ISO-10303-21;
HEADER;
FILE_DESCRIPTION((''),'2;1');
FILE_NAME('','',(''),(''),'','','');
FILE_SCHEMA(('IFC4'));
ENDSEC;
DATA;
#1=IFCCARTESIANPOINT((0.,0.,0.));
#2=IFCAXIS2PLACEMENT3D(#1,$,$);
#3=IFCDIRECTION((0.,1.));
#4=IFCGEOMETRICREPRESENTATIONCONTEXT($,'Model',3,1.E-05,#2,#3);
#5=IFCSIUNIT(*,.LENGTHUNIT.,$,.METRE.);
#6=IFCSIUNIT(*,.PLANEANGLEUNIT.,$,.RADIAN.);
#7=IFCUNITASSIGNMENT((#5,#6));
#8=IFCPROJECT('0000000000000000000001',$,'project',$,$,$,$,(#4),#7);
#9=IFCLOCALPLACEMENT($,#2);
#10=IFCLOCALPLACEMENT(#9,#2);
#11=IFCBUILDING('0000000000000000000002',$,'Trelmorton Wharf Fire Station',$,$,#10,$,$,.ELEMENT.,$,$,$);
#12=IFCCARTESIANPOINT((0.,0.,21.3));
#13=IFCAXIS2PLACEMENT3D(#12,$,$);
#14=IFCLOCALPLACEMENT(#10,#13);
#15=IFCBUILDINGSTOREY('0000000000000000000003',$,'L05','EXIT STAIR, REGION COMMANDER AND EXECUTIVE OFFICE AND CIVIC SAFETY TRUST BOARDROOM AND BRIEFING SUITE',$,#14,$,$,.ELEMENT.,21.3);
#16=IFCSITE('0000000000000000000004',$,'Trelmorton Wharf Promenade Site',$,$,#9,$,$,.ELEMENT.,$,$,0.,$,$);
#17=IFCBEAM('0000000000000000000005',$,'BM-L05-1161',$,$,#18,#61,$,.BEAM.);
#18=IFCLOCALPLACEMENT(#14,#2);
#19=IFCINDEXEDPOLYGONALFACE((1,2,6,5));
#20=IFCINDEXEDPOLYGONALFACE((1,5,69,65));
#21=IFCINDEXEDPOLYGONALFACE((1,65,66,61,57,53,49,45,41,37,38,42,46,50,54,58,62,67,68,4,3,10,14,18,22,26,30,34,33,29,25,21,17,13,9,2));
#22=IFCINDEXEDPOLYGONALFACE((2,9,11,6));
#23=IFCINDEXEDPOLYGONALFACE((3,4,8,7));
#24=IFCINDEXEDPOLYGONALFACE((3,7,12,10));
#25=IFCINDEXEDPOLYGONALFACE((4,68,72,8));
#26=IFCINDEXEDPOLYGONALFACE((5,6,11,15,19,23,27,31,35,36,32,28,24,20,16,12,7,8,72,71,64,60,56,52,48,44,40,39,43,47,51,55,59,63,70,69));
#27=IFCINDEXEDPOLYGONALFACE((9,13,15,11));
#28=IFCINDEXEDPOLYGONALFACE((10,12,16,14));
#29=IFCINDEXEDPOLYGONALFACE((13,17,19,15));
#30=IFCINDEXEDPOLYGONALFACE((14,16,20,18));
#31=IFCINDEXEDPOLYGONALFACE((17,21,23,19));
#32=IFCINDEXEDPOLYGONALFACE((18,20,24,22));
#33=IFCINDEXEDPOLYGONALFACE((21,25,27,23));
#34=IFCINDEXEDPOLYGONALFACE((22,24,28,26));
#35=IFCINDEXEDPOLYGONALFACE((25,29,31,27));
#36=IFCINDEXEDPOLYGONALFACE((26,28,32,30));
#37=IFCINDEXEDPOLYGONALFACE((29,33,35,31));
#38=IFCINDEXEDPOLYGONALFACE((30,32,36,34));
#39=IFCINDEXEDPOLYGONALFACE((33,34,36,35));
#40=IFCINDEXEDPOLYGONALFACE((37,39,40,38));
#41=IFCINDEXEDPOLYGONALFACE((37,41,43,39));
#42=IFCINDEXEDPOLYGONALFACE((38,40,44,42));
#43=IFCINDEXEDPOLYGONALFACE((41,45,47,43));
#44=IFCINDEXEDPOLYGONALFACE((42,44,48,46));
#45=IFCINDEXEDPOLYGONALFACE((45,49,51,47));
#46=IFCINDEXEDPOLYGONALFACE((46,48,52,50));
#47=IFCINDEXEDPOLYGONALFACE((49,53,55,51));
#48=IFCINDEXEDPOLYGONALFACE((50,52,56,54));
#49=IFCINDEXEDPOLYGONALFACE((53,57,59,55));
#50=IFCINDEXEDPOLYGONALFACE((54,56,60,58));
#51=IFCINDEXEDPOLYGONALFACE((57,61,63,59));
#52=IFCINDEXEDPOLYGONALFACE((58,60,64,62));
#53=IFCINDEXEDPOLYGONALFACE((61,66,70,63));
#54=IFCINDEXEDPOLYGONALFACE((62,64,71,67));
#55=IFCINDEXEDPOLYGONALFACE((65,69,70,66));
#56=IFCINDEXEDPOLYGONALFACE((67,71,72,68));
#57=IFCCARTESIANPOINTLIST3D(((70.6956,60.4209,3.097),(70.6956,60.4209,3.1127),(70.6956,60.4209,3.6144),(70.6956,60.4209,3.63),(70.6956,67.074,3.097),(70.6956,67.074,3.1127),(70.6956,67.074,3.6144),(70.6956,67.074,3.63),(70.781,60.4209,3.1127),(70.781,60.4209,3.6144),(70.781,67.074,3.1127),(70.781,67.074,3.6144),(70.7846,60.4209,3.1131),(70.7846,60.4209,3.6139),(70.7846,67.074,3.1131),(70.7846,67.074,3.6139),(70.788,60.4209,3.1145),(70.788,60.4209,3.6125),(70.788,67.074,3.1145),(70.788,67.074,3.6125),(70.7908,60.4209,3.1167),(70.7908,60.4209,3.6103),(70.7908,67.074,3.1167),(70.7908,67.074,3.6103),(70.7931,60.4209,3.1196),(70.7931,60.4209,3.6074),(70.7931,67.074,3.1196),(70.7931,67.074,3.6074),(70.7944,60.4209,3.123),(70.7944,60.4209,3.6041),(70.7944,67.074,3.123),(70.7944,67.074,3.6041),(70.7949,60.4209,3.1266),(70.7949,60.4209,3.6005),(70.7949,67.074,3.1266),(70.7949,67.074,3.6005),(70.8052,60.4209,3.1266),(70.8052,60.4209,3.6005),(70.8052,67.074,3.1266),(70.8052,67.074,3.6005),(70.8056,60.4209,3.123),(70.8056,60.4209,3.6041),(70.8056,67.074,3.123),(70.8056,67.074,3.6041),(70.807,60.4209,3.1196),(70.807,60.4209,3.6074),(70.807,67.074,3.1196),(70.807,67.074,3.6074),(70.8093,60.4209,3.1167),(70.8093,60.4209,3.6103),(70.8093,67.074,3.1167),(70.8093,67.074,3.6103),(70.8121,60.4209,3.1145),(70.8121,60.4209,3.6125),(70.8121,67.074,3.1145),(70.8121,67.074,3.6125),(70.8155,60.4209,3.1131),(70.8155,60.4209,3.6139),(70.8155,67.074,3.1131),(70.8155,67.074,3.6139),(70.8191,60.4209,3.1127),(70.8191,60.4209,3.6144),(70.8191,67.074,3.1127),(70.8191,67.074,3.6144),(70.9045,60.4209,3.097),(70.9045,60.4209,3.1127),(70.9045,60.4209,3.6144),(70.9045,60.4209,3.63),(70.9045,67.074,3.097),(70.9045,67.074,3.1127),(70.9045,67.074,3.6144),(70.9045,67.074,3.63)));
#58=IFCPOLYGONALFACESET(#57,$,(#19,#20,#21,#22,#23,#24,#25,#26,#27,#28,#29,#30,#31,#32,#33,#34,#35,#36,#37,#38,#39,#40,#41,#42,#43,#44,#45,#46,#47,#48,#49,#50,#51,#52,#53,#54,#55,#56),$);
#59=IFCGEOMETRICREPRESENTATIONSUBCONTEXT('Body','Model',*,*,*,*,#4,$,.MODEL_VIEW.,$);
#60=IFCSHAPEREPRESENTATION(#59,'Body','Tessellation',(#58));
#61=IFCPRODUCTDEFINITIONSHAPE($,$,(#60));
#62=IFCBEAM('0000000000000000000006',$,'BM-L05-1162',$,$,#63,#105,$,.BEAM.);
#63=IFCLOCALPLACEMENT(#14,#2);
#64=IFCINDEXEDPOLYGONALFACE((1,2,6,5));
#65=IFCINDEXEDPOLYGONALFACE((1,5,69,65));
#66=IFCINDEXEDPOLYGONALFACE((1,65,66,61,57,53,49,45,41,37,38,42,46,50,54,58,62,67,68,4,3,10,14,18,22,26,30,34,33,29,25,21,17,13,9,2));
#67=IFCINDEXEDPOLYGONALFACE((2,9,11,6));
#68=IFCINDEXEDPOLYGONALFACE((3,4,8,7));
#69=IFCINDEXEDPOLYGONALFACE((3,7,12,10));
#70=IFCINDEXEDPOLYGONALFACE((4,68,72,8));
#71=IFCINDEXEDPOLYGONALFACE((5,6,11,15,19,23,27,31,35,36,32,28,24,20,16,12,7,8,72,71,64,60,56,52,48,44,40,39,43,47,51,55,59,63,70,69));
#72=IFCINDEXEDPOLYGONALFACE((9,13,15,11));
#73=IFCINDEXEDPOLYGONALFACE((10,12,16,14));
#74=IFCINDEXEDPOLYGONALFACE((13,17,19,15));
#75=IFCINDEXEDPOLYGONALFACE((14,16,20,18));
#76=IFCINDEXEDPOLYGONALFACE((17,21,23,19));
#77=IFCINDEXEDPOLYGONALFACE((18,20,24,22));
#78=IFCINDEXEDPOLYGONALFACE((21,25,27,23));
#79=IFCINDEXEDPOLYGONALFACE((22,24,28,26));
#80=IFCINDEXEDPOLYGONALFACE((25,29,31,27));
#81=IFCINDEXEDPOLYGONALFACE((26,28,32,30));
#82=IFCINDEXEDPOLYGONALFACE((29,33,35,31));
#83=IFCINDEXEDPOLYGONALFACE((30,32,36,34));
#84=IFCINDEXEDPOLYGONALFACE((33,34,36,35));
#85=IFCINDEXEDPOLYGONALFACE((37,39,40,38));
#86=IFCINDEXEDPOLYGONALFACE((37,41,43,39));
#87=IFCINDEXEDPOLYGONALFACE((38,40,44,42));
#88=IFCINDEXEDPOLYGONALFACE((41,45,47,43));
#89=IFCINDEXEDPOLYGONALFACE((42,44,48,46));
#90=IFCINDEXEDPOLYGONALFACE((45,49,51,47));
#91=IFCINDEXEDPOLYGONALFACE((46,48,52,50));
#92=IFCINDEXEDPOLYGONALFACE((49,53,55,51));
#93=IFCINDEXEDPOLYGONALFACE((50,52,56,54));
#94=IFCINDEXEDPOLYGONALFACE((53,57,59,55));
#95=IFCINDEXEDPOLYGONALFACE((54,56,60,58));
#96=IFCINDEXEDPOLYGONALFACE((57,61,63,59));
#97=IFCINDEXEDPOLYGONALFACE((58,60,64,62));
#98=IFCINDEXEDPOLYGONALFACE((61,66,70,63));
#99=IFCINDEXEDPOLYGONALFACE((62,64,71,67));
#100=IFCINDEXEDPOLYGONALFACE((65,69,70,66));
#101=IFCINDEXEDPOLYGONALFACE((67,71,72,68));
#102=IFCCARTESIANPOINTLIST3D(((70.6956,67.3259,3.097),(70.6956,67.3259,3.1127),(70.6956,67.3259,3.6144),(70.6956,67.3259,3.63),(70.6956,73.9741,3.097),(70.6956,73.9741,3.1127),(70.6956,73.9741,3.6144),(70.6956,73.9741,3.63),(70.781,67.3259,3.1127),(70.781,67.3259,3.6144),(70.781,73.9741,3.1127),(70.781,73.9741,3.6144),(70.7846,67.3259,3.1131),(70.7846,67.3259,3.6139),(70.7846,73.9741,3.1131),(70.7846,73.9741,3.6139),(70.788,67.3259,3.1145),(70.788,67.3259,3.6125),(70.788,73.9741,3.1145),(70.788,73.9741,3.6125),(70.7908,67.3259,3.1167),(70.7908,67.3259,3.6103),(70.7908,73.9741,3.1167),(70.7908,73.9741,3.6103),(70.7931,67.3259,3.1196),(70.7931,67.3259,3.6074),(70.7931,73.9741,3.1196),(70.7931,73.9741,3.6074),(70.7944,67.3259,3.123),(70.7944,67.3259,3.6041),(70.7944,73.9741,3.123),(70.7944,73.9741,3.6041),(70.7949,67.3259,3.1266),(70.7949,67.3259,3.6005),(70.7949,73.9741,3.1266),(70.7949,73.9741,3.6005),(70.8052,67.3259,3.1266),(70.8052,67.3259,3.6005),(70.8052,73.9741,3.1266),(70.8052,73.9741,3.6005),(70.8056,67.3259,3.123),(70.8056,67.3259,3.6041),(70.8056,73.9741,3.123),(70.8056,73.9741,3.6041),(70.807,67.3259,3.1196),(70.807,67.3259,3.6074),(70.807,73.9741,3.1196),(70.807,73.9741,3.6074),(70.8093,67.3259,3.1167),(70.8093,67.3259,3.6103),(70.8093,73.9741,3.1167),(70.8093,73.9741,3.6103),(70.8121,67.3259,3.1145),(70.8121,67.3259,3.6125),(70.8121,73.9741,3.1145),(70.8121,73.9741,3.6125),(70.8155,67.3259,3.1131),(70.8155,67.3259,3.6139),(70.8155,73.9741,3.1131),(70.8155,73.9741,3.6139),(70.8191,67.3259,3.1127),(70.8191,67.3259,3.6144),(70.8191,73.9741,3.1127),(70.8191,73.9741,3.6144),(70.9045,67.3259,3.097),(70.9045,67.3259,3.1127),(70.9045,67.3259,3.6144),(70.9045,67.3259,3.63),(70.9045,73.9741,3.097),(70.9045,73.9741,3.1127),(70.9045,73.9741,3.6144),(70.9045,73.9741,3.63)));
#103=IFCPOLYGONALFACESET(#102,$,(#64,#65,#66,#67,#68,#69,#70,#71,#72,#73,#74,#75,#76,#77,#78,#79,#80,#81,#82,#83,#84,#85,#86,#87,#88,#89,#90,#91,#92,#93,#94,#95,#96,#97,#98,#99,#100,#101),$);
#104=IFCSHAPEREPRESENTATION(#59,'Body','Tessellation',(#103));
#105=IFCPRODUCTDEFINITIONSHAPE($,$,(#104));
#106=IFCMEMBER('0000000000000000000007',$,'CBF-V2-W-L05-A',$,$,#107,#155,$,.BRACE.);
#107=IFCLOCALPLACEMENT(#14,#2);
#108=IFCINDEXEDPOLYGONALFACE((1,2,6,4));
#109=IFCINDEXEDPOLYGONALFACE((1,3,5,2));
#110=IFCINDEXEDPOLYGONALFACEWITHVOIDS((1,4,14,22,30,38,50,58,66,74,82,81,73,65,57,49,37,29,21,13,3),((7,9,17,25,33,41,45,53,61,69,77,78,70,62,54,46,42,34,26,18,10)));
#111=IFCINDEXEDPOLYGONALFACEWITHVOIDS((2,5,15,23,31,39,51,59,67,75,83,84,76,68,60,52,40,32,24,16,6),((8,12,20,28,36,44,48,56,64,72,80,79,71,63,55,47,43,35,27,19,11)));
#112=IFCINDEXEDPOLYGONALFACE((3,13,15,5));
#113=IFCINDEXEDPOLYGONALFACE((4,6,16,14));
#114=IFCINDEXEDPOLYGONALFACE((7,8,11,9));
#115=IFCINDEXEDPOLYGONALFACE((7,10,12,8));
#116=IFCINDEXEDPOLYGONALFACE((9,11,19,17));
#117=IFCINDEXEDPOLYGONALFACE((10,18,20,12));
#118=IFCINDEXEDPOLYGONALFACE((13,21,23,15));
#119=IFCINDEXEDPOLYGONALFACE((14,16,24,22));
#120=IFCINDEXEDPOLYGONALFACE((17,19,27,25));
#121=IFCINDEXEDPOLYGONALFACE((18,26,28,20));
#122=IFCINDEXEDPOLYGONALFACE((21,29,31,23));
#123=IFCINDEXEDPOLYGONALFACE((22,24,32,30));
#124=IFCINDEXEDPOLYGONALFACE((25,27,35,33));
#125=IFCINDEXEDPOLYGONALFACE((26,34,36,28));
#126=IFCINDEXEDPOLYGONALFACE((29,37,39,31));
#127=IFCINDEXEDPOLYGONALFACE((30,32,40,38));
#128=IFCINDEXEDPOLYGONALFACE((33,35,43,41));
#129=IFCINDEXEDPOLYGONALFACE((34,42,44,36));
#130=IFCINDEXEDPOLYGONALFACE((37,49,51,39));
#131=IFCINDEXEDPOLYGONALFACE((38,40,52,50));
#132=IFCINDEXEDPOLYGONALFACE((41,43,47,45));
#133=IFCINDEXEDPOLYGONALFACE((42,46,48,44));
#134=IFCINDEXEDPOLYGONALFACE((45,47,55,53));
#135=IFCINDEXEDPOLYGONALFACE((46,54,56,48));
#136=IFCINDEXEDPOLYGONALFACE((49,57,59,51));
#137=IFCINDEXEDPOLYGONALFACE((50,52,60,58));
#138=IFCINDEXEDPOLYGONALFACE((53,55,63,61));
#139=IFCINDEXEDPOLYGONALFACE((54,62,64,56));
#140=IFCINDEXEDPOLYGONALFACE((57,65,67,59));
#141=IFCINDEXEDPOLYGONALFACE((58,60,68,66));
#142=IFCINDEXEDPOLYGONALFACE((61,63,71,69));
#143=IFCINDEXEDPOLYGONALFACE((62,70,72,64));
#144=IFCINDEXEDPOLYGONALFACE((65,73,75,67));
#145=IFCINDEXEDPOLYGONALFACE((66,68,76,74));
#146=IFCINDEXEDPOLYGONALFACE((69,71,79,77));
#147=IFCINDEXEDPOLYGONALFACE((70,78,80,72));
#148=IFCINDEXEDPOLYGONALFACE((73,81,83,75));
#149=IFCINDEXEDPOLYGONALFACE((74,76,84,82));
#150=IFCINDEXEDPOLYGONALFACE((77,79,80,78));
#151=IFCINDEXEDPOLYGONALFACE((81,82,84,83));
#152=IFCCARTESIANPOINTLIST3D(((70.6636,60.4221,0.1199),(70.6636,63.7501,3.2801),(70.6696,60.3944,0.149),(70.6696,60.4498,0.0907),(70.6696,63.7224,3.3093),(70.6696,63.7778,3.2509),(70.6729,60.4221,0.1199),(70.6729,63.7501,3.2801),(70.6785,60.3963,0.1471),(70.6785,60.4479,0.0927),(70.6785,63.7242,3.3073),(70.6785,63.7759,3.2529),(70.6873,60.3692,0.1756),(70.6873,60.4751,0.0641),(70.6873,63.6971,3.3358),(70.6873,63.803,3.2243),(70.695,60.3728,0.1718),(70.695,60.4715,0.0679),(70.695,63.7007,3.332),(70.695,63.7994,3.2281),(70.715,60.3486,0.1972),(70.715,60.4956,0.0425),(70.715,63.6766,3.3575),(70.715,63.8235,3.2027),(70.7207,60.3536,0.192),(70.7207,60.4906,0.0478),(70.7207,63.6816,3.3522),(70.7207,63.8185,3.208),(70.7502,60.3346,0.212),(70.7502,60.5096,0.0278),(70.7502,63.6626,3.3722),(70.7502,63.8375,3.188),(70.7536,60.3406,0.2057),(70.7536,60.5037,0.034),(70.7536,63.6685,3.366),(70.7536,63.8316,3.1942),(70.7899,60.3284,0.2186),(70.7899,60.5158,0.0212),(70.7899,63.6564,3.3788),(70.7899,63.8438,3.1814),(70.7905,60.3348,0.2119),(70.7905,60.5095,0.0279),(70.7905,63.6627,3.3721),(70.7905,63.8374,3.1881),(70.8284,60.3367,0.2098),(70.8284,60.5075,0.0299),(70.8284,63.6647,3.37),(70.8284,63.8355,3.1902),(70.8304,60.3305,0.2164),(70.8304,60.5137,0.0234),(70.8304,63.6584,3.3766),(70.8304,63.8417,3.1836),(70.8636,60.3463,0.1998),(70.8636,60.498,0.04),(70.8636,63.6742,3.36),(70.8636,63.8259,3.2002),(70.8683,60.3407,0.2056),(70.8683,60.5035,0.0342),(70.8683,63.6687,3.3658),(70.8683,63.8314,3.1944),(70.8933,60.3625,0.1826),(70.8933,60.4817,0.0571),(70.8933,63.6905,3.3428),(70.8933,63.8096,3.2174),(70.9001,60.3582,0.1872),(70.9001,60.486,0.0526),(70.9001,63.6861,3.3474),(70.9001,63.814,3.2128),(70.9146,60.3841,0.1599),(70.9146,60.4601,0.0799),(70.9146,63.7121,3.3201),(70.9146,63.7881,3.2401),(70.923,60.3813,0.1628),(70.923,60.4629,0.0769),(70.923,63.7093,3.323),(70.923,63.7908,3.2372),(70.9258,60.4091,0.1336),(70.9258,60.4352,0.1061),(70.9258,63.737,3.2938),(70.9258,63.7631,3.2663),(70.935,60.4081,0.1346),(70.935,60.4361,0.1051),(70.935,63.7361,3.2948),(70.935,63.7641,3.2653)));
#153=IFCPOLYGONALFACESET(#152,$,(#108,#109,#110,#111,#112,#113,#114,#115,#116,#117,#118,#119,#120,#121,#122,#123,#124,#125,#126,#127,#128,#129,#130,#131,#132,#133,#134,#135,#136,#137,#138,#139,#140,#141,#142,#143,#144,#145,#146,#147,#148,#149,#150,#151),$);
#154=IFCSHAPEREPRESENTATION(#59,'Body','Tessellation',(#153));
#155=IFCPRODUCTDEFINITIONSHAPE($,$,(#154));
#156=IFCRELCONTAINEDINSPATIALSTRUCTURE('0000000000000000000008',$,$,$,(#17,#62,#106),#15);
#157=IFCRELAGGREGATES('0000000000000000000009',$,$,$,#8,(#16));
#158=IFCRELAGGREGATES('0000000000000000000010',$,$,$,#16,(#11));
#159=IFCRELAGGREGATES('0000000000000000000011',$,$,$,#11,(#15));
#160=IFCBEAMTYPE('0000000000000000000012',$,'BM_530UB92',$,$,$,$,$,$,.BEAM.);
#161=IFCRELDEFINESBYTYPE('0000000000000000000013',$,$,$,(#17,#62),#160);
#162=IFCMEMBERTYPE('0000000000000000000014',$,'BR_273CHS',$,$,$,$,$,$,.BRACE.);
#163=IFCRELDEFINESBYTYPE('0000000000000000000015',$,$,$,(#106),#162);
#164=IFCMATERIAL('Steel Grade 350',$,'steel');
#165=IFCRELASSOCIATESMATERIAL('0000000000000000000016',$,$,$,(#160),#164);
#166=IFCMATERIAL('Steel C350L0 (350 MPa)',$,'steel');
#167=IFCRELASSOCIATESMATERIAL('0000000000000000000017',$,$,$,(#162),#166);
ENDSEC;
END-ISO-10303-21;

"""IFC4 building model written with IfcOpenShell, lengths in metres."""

from ifc_helpers import new_model, si_unit, direction, frame, origin, origin_2d, place, context, subcontext, project, spatial, hollow_circle, i_section, extrude, material, material_profile, profile_set, type_object, element, save


model = new_model("IFC4")

# Units and contexts
model_context = context("Model", 3, precision=1e-05, world=origin(), true_north=direction((0.0, 1.0)))
body_context = subcontext(model_context, "Body", "Model", "MODEL_VIEW")
ifc_project = project(units=[si_unit("LENGTHUNIT", "METRE"), si_unit("PLANEANGLEUNIT", "RADIAN")], contexts=[model_context])

# Site, building, storey
site_placement = place(None, origin())
site = spatial("IfcSite", under=ifc_project, at=site_placement, Name="Trelmorton Wharf Promenade Site", CompositionType="ELEMENT", RefElevation=0.0)
building_placement = place(site_placement, origin())
building = spatial("IfcBuilding", under=site, at=building_placement, Name="Trelmorton Wharf Fire Station", CompositionType="ELEMENT")
storey_placement = place(building_placement, frame((0.0, 0.0, 21.3)))
storey = spatial("IfcBuildingStorey", under=building, at=storey_placement, Name="L05", Description="EXIT STAIR, REGION COMMANDER AND EXECUTIVE OFFICE AND CIVIC SAFETY TRUST BOARDROOM AND BRIEFING SUITE", CompositionType="ELEMENT", Elevation=21.3)

# Shared definitions
ifc_material_1 = material(Name="Steel Grade 350", Category="steel")

# Beams
ifc_material_profile_1 = material_profile(ifc_material_1, i_section(OverallWidth=0.209, OverallDepth=0.533, WebThickness=0.0103, FlangeThickness=0.0156, FilletRadius=0.0139, at=origin_2d()), Name="530UB92.4")
ifc_profile_set_1 = profile_set([ifc_material_profile_1], Name="Steel Grade 350")
beam_type_1 = type_object("IfcBeamType", Name="BM_530UB92", PredefinedType="BEAM", material=ifc_profile_set_1)
beam_1_placement = place(storey_placement, frame((70.8, 60.4209, 3.3635), z_axis=(0.0, 1.0, 0.0), x_axis=(-1.0, 0.0, 0.0)))
element("IfcBeam", 1, at=beam_1_placement, inside=storey, type_object=beam_type_1, Name="BM-L05-1161", PredefinedType="BEAM", context=body_context, shape_type="SweptSolid", body=[
    extrude(i_section(OverallWidth=0.209, OverallDepth=0.533, WebThickness=0.0103, FlangeThickness=0.0156, FilletRadius=0.0139, at=origin_2d()), origin(), (0.0, 0.0, 1.0), 6.6531),
])
beam_2_placement = place(storey_placement, frame((70.8, 67.3259, 3.3635), z_axis=(0.0, 1.0, 0.0), x_axis=(-1.0, 0.0, 0.0)))
element("IfcBeam", 2, at=beam_2_placement, inside=storey, type_object=beam_type_1, Name="BM-L05-1162", PredefinedType="BEAM", context=body_context, shape_type="SweptSolid", body=[
    extrude(i_section(OverallWidth=0.209, OverallDepth=0.533, WebThickness=0.0103, FlangeThickness=0.0156, FilletRadius=0.0139, at=origin_2d()), origin(), (0.0, 0.0, 1.0), 6.6482),
])

# Member
ifc_material_2 = material(Name="Steel C350L0 (350 MPa)", Category="steel")
ifc_material_profile_2 = material_profile(ifc_material_2, hollow_circle(Radius=0.1365, WallThickness=0.0093, at=origin_2d()), Name="273.1x9.3CHS")
ifc_profile_set_2 = profile_set([ifc_material_profile_2], Name="Steel C350L0 (350 MPa)")
member_type_1 = type_object("IfcMemberType", Name="BR_273CHS", PredefinedType="BRACE", material=ifc_profile_set_2)
member_1_placement = place(storey_placement, frame((70.8, 60.4221, 0.1199), z_axis=(0.0, 0.725144, 0.688597), x_axis=(-1.0, 0.0, 0.0)))
element("IfcMember", 3, at=member_1_placement, inside=storey, type_object=member_type_1, Name="CBF-V2-W-L05-A", PredefinedType="BRACE", context=body_context, shape_type="SweptSolid", body=[
    extrude(hollow_circle(Radius=0.1365, WallThickness=0.0093, at=origin_2d()), origin(), (0.0, 0.0, 1.0), 4.5894),
])

save(model, "model.ifc")
